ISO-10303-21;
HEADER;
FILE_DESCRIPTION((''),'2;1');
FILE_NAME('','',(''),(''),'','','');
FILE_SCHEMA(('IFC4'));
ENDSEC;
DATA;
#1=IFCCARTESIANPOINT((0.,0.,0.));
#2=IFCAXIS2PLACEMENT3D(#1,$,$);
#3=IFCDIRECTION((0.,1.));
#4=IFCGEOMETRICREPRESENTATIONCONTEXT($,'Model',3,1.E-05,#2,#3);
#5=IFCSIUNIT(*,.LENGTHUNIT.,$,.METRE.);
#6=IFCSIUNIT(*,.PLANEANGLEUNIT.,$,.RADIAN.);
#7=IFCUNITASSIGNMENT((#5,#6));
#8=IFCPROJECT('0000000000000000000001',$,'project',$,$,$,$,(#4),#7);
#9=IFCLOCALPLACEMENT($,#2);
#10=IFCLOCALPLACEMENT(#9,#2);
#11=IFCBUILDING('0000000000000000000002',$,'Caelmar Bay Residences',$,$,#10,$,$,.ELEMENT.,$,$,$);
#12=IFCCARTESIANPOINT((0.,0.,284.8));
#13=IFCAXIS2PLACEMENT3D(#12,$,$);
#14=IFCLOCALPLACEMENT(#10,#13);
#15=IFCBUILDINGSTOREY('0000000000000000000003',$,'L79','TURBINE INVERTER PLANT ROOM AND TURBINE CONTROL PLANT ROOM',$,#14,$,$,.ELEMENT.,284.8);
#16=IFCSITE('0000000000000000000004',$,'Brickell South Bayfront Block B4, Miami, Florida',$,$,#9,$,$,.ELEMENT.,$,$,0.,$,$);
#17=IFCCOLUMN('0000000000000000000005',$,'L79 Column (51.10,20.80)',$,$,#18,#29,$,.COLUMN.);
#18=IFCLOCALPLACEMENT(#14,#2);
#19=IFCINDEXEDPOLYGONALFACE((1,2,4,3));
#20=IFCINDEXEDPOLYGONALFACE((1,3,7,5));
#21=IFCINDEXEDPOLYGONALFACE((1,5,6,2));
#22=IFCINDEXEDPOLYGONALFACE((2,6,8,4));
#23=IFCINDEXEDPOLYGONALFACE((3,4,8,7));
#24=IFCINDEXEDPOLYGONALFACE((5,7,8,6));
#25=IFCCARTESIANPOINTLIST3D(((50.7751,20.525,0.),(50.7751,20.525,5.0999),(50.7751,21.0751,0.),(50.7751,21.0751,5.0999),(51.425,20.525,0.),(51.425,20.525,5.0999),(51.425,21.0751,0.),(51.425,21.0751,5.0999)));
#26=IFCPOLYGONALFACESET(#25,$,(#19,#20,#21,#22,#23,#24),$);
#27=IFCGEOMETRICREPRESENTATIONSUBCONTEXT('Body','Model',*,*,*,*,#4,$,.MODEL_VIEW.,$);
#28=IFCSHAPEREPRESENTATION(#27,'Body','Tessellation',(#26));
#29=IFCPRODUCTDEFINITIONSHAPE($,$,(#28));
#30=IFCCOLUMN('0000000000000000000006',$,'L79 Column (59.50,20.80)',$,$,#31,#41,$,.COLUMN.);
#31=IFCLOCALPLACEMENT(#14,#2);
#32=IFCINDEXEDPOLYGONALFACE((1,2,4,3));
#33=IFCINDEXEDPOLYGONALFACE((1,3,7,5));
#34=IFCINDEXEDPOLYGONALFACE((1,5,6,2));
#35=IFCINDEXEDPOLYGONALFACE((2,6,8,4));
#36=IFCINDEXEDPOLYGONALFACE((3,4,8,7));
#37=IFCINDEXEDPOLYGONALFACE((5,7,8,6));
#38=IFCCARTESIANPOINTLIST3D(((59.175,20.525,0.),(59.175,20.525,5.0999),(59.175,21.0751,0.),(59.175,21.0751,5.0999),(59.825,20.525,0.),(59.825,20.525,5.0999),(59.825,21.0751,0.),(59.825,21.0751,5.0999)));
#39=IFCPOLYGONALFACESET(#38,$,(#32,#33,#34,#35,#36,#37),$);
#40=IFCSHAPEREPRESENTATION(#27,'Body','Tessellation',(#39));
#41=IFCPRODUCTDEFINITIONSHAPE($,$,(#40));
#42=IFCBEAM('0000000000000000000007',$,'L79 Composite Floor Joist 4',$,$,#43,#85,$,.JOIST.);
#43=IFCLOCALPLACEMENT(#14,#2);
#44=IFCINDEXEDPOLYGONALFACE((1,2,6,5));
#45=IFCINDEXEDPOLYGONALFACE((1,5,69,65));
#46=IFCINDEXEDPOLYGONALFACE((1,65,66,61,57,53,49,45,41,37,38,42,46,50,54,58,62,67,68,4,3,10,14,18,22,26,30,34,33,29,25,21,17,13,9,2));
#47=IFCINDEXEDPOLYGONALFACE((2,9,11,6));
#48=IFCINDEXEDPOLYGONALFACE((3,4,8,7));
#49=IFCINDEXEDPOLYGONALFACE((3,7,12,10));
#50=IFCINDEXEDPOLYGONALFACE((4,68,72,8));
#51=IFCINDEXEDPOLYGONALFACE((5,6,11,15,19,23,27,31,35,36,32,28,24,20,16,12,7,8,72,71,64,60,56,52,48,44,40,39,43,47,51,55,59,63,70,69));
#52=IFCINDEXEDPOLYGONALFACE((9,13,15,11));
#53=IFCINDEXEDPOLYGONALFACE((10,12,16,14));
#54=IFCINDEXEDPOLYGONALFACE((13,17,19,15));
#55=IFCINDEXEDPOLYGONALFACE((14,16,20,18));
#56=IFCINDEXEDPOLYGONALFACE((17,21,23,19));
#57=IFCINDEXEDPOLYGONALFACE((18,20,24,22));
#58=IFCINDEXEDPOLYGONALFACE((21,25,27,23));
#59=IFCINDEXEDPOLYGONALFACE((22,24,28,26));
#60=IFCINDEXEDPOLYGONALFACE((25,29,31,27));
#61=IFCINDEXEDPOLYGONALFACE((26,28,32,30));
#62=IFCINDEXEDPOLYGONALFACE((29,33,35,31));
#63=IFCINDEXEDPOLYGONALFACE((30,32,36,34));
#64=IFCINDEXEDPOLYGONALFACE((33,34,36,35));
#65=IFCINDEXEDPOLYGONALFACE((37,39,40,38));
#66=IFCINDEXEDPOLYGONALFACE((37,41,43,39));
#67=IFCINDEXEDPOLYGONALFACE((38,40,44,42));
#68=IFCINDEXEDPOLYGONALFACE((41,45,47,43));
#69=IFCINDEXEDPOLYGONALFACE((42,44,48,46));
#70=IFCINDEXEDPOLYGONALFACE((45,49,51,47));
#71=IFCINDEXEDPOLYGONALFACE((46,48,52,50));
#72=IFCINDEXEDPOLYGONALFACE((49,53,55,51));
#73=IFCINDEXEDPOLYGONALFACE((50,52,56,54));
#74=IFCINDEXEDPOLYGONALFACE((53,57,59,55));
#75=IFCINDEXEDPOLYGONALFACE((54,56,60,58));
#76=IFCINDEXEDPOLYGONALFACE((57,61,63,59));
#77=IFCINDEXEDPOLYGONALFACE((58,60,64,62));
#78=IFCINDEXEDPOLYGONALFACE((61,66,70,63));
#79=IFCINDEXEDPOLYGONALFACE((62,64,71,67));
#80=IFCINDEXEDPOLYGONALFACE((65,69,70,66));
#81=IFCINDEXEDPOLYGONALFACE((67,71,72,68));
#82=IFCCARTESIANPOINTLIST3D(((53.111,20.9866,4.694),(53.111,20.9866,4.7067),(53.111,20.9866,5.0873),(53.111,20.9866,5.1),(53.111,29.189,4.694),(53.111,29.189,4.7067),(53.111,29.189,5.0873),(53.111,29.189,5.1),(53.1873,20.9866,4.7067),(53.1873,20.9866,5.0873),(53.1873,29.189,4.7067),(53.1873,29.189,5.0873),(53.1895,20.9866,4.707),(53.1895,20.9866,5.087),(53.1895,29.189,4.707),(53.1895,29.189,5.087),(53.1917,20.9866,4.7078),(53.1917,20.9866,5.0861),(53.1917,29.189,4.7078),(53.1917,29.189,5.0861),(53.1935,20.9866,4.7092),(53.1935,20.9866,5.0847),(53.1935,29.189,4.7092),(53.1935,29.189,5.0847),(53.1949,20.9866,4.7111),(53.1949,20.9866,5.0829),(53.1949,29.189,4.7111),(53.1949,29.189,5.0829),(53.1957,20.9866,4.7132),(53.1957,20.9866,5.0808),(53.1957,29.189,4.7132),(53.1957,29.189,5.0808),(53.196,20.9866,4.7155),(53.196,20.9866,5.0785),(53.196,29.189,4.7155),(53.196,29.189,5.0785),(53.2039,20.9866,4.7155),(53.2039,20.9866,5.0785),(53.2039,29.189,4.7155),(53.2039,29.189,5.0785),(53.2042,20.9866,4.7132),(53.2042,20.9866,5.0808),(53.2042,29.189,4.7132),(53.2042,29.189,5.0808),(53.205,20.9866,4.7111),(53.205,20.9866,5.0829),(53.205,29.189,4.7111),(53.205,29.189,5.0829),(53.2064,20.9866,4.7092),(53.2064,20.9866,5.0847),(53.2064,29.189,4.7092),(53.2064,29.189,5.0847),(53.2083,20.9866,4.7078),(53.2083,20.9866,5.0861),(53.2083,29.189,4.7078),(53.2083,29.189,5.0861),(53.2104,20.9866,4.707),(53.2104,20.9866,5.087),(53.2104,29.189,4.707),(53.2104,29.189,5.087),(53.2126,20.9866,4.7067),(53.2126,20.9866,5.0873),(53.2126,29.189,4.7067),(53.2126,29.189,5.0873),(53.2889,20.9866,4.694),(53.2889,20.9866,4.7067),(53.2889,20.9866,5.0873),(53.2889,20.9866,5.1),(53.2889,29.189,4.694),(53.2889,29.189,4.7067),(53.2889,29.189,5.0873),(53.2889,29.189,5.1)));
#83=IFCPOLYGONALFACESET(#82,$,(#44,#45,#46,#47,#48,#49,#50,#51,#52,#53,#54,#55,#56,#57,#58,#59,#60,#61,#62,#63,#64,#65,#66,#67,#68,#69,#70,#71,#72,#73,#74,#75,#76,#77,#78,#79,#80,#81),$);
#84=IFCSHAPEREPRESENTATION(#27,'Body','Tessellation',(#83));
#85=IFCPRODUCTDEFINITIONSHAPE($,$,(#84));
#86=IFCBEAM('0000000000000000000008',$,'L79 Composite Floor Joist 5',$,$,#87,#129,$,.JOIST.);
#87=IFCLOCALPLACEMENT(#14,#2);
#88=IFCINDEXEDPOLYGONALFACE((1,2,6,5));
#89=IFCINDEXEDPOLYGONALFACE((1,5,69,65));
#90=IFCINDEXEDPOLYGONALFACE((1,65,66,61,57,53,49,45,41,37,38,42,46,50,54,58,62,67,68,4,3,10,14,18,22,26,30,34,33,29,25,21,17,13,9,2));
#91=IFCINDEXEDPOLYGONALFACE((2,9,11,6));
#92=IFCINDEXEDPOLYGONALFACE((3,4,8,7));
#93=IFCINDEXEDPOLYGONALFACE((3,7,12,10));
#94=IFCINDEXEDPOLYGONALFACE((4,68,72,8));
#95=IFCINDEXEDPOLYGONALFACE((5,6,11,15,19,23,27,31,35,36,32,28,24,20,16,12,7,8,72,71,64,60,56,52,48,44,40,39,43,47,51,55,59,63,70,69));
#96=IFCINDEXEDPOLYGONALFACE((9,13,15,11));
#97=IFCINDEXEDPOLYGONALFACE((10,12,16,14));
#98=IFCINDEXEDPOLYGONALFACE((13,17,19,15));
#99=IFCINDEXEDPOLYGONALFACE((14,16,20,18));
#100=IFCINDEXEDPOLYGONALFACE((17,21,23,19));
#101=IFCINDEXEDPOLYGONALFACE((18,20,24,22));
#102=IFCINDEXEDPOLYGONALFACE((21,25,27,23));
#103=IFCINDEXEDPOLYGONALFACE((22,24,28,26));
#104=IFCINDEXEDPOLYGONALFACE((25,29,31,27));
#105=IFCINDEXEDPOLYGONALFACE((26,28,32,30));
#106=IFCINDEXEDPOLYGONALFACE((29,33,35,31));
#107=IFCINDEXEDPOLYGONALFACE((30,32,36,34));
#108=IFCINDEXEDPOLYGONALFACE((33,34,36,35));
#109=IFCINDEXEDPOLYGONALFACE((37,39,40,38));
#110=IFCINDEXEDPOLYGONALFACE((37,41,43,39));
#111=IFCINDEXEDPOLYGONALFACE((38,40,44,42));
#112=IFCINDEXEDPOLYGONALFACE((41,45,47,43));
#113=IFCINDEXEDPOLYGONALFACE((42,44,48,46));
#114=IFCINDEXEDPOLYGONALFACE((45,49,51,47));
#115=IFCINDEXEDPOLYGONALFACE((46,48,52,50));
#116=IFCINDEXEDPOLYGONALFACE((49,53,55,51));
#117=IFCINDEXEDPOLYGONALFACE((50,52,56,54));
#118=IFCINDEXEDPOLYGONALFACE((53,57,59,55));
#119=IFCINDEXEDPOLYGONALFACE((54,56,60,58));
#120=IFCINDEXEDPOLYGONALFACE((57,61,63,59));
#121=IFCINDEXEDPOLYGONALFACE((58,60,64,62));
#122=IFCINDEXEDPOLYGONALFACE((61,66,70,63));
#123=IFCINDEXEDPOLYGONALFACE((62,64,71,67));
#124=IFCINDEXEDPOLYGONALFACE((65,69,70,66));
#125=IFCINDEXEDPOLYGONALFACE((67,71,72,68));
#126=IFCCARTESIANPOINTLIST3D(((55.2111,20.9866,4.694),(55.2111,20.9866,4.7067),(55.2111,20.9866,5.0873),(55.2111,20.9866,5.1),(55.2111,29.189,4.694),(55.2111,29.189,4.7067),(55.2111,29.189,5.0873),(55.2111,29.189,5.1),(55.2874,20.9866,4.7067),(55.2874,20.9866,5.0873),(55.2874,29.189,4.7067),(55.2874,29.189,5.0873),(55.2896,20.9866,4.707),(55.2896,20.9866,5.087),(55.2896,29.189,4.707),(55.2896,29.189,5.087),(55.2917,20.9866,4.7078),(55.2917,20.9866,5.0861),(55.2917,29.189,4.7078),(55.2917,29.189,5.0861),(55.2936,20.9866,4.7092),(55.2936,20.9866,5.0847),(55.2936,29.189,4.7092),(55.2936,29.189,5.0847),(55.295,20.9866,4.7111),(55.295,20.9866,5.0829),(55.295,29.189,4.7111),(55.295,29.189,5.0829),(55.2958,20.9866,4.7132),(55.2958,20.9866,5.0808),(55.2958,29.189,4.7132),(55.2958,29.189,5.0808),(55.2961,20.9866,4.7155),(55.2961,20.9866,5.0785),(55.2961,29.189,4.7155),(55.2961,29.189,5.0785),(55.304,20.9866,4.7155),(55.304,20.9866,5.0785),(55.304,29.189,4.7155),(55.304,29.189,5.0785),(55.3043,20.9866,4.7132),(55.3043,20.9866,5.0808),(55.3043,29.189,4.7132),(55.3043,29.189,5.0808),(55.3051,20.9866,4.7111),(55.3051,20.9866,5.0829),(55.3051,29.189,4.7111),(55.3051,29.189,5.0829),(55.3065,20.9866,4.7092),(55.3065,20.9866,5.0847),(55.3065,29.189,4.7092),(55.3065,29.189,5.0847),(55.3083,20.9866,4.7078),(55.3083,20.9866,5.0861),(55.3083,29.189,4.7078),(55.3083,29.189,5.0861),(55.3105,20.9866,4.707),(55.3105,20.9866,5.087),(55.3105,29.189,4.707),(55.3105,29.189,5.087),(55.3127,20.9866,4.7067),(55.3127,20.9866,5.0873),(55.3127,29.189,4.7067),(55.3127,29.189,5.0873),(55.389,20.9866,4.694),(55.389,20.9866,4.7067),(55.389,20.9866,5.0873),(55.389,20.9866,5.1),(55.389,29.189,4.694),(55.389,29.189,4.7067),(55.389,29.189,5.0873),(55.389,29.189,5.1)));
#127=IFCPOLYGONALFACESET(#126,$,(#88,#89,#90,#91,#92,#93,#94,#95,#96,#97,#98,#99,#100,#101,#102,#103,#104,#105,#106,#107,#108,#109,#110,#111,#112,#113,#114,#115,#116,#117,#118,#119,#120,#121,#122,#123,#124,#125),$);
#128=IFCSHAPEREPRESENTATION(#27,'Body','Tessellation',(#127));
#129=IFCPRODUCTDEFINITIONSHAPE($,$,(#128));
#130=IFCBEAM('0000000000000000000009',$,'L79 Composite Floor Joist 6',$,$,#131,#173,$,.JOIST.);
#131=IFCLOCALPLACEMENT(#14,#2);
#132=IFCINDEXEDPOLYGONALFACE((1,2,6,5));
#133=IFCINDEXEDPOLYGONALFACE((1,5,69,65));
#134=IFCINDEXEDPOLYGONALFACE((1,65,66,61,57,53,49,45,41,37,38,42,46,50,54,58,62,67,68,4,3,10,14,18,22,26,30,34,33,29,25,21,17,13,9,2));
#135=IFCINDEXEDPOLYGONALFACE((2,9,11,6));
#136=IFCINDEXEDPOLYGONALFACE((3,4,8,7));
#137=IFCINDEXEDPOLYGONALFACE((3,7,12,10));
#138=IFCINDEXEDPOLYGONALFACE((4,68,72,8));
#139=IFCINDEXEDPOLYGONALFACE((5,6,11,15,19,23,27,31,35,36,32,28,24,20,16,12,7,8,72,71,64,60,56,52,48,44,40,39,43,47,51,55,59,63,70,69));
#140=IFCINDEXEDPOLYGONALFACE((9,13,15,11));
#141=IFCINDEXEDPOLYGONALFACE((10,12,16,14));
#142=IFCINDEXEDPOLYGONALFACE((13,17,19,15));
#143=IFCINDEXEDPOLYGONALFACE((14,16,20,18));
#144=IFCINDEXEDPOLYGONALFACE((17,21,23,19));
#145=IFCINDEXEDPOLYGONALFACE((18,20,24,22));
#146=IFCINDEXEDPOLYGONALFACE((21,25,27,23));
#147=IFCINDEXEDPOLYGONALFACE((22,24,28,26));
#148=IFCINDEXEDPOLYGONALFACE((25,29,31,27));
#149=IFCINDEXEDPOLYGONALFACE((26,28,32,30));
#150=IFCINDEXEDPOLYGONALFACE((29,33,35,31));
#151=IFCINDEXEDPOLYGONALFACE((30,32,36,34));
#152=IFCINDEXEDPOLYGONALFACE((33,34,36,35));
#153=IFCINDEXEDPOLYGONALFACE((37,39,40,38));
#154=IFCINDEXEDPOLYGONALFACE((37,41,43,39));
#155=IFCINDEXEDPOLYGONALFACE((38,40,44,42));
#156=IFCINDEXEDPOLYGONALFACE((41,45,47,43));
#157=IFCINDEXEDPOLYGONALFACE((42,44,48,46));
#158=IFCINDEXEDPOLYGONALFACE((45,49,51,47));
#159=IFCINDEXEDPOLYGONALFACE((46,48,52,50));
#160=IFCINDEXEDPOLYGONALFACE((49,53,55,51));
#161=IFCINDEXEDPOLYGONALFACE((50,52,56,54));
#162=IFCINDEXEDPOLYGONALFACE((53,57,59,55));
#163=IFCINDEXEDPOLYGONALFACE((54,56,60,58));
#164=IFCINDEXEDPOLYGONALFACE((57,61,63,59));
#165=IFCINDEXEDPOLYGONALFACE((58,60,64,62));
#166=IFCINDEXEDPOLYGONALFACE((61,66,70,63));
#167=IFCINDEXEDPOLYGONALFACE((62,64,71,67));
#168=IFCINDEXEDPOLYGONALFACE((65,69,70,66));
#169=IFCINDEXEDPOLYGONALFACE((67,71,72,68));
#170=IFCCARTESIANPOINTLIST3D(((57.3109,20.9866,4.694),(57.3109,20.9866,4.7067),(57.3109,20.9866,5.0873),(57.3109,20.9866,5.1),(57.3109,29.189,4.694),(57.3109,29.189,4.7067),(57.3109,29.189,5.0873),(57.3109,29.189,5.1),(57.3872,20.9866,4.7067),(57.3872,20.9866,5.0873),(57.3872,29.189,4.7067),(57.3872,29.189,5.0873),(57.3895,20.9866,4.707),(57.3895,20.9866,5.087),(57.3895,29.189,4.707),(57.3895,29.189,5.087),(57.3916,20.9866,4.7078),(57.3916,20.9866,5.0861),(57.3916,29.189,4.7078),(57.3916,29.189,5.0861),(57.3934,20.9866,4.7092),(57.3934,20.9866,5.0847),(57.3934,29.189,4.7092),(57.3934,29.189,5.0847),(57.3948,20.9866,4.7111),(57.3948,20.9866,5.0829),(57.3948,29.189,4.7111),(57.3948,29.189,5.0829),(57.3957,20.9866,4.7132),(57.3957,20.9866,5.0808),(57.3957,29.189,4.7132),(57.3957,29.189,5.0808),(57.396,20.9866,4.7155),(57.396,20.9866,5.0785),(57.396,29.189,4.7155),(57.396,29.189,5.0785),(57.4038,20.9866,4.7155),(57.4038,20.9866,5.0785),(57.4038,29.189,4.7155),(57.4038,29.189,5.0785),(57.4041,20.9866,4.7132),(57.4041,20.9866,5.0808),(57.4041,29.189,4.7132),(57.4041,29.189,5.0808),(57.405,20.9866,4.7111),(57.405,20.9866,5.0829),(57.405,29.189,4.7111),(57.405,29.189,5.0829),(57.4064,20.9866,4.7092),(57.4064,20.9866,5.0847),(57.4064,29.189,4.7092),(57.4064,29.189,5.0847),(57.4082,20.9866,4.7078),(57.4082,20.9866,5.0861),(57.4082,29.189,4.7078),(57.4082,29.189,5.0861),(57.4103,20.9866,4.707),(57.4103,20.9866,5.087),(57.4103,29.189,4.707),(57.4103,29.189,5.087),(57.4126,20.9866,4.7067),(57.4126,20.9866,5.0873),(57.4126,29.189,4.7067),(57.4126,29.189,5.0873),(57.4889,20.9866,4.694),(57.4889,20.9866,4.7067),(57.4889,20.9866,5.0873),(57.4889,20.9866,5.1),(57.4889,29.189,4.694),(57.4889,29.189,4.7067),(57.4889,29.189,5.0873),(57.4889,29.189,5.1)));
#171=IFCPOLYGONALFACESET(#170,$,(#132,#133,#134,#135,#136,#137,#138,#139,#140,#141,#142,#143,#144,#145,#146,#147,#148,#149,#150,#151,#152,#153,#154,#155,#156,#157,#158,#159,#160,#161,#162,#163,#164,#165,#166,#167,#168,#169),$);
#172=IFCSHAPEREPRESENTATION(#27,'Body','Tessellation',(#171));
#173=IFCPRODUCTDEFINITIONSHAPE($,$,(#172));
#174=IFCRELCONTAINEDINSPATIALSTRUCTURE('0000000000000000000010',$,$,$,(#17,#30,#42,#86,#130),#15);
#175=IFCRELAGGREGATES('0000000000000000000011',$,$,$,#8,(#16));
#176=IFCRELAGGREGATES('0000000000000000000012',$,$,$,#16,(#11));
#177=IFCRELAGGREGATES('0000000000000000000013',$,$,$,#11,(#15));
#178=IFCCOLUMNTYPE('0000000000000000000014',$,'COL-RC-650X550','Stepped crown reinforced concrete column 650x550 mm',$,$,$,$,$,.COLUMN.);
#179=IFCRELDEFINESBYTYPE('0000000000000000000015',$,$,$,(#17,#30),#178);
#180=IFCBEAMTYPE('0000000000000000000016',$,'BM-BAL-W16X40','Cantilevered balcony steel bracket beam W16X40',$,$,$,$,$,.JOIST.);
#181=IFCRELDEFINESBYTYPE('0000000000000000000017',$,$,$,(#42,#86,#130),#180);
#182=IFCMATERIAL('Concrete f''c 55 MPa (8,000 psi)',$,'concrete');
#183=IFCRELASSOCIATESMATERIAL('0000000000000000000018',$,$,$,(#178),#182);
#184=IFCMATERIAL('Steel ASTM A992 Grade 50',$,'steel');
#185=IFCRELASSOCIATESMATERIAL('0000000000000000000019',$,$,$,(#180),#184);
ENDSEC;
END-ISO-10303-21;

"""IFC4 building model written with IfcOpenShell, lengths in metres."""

from ifc_helpers import new_model, si_unit, direction, frame, origin, origin_2d, place, context, subcontext, project, spatial, rectangle, i_section, extrude, material, material_profile, profile_set, type_object, element, save


model = new_model("IFC4")

# Units and contexts
model_context = context("Model", 3, precision=1e-05, world=origin(), true_north=direction((0.0, 1.0)))
body_context = subcontext(model_context, "Body", "Model", "MODEL_VIEW")
ifc_project = project(units=[si_unit("LENGTHUNIT", "METRE"), si_unit("PLANEANGLEUNIT", "RADIAN")], contexts=[model_context])

# Site, building, storey
site_placement = place(None, origin())
site = spatial("IfcSite", under=ifc_project, at=site_placement, Name="Brickell South Bayfront Block B4, Miami, Florida", CompositionType="ELEMENT", RefElevation=0.0)
building_placement = place(site_placement, origin())
building = spatial("IfcBuilding", under=site, at=building_placement, Name="Caelmar Bay Residences", CompositionType="ELEMENT")
storey_placement = place(building_placement, frame((0.0, 0.0, 284.8)))
storey = spatial("IfcBuildingStorey", under=building, at=storey_placement, Name="L79", Description="TURBINE INVERTER PLANT ROOM AND TURBINE CONTROL PLANT ROOM", CompositionType="ELEMENT", Elevation=284.8)

# Columns
ifc_material_1 = material(Name="Concrete f'c 55 MPa (8,000 psi)", Category="concrete")
ifc_material_profile_1 = material_profile(ifc_material_1, rectangle(XDim=0.6499, YDim=0.55, at=origin_2d()), Name="RC-COL-650X550")
ifc_profile_set_1 = profile_set([ifc_material_profile_1], Name="Concrete f'c 55 MPa (8,000 psi)")
column_type = type_object("IfcColumnType", Name="COL-RC-650X550", Description="Stepped crown reinforced concrete column 650x550 mm", PredefinedType="COLUMN", material=ifc_profile_set_1)
for number, where, z_axis, x_axis, name in (
    (1, (51.1001, 20.8, 0.0), (0.0, 0.0, 1.0), (1.0, 0.0, 0.0), "L79 Column (51.10,20.80)"),
    (2, (59.5, 20.8, 0.0), (0.0, 0.0, 1.0), (1.0, 0.0, 0.0), "L79 Column (59.50,20.80)"),
):
    element("IfcColumn", number, at=place(storey_placement, frame(where, z_axis=z_axis, x_axis=x_axis)), inside=storey, type_object=column_type, Name=name, PredefinedType="COLUMN", context=body_context, shape_type="SweptSolid", body=[
        extrude(rectangle(XDim=0.6499, YDim=0.55, at=origin_2d()), origin(), (0.0, 0.0, 1.0), 5.0999),
    ])

# Beams
ifc_material_2 = material(Name="Steel ASTM A992 Grade 50", Category="steel")
ifc_material_profile_2 = material_profile(ifc_material_2, i_section(OverallWidth=0.178, OverallDepth=0.406, WebThickness=0.0078, FlangeThickness=0.0127, FilletRadius=0.0088, at=origin_2d()), Name="W16X40")
ifc_profile_set_2 = profile_set([ifc_material_profile_2], Name="Steel ASTM A992 Grade 50")
beam_type_1 = type_object("IfcBeamType", Name="BM-BAL-W16X40", Description="Cantilevered balcony steel bracket beam W16X40", PredefinedType="JOIST", material=ifc_profile_set_2)
for number, where, z_axis, x_axis, name in (
    (3, (53.2, 20.9866, 4.897), (0.0, 1.0, 0.0), (-1.0, 0.0, 0.0), "L79 Composite Floor Joist 4"),
    (4, (55.3, 20.9866, 4.897), (0.0, 1.0, 0.0), (-1.0, 0.0, 0.0), "L79 Composite Floor Joist 5"),
    (5, (57.3999, 20.9866, 4.897), (0.0, 1.0, 0.0), (-1.0, 0.0, 0.0), "L79 Composite Floor Joist 6"),
):
    element("IfcBeam", number, at=place(storey_placement, frame(where, z_axis=z_axis, x_axis=x_axis)), inside=storey, type_object=beam_type_1, Name=name, PredefinedType="JOIST", context=body_context, shape_type="SweptSolid", body=[
        extrude(i_section(OverallWidth=0.178, OverallDepth=0.406, WebThickness=0.0078, FlangeThickness=0.0127, FilletRadius=0.0088, at=origin_2d()), origin(), (0.0, 0.0, 1.0), 8.2024),
    ])

save(model, "model.ifc")
